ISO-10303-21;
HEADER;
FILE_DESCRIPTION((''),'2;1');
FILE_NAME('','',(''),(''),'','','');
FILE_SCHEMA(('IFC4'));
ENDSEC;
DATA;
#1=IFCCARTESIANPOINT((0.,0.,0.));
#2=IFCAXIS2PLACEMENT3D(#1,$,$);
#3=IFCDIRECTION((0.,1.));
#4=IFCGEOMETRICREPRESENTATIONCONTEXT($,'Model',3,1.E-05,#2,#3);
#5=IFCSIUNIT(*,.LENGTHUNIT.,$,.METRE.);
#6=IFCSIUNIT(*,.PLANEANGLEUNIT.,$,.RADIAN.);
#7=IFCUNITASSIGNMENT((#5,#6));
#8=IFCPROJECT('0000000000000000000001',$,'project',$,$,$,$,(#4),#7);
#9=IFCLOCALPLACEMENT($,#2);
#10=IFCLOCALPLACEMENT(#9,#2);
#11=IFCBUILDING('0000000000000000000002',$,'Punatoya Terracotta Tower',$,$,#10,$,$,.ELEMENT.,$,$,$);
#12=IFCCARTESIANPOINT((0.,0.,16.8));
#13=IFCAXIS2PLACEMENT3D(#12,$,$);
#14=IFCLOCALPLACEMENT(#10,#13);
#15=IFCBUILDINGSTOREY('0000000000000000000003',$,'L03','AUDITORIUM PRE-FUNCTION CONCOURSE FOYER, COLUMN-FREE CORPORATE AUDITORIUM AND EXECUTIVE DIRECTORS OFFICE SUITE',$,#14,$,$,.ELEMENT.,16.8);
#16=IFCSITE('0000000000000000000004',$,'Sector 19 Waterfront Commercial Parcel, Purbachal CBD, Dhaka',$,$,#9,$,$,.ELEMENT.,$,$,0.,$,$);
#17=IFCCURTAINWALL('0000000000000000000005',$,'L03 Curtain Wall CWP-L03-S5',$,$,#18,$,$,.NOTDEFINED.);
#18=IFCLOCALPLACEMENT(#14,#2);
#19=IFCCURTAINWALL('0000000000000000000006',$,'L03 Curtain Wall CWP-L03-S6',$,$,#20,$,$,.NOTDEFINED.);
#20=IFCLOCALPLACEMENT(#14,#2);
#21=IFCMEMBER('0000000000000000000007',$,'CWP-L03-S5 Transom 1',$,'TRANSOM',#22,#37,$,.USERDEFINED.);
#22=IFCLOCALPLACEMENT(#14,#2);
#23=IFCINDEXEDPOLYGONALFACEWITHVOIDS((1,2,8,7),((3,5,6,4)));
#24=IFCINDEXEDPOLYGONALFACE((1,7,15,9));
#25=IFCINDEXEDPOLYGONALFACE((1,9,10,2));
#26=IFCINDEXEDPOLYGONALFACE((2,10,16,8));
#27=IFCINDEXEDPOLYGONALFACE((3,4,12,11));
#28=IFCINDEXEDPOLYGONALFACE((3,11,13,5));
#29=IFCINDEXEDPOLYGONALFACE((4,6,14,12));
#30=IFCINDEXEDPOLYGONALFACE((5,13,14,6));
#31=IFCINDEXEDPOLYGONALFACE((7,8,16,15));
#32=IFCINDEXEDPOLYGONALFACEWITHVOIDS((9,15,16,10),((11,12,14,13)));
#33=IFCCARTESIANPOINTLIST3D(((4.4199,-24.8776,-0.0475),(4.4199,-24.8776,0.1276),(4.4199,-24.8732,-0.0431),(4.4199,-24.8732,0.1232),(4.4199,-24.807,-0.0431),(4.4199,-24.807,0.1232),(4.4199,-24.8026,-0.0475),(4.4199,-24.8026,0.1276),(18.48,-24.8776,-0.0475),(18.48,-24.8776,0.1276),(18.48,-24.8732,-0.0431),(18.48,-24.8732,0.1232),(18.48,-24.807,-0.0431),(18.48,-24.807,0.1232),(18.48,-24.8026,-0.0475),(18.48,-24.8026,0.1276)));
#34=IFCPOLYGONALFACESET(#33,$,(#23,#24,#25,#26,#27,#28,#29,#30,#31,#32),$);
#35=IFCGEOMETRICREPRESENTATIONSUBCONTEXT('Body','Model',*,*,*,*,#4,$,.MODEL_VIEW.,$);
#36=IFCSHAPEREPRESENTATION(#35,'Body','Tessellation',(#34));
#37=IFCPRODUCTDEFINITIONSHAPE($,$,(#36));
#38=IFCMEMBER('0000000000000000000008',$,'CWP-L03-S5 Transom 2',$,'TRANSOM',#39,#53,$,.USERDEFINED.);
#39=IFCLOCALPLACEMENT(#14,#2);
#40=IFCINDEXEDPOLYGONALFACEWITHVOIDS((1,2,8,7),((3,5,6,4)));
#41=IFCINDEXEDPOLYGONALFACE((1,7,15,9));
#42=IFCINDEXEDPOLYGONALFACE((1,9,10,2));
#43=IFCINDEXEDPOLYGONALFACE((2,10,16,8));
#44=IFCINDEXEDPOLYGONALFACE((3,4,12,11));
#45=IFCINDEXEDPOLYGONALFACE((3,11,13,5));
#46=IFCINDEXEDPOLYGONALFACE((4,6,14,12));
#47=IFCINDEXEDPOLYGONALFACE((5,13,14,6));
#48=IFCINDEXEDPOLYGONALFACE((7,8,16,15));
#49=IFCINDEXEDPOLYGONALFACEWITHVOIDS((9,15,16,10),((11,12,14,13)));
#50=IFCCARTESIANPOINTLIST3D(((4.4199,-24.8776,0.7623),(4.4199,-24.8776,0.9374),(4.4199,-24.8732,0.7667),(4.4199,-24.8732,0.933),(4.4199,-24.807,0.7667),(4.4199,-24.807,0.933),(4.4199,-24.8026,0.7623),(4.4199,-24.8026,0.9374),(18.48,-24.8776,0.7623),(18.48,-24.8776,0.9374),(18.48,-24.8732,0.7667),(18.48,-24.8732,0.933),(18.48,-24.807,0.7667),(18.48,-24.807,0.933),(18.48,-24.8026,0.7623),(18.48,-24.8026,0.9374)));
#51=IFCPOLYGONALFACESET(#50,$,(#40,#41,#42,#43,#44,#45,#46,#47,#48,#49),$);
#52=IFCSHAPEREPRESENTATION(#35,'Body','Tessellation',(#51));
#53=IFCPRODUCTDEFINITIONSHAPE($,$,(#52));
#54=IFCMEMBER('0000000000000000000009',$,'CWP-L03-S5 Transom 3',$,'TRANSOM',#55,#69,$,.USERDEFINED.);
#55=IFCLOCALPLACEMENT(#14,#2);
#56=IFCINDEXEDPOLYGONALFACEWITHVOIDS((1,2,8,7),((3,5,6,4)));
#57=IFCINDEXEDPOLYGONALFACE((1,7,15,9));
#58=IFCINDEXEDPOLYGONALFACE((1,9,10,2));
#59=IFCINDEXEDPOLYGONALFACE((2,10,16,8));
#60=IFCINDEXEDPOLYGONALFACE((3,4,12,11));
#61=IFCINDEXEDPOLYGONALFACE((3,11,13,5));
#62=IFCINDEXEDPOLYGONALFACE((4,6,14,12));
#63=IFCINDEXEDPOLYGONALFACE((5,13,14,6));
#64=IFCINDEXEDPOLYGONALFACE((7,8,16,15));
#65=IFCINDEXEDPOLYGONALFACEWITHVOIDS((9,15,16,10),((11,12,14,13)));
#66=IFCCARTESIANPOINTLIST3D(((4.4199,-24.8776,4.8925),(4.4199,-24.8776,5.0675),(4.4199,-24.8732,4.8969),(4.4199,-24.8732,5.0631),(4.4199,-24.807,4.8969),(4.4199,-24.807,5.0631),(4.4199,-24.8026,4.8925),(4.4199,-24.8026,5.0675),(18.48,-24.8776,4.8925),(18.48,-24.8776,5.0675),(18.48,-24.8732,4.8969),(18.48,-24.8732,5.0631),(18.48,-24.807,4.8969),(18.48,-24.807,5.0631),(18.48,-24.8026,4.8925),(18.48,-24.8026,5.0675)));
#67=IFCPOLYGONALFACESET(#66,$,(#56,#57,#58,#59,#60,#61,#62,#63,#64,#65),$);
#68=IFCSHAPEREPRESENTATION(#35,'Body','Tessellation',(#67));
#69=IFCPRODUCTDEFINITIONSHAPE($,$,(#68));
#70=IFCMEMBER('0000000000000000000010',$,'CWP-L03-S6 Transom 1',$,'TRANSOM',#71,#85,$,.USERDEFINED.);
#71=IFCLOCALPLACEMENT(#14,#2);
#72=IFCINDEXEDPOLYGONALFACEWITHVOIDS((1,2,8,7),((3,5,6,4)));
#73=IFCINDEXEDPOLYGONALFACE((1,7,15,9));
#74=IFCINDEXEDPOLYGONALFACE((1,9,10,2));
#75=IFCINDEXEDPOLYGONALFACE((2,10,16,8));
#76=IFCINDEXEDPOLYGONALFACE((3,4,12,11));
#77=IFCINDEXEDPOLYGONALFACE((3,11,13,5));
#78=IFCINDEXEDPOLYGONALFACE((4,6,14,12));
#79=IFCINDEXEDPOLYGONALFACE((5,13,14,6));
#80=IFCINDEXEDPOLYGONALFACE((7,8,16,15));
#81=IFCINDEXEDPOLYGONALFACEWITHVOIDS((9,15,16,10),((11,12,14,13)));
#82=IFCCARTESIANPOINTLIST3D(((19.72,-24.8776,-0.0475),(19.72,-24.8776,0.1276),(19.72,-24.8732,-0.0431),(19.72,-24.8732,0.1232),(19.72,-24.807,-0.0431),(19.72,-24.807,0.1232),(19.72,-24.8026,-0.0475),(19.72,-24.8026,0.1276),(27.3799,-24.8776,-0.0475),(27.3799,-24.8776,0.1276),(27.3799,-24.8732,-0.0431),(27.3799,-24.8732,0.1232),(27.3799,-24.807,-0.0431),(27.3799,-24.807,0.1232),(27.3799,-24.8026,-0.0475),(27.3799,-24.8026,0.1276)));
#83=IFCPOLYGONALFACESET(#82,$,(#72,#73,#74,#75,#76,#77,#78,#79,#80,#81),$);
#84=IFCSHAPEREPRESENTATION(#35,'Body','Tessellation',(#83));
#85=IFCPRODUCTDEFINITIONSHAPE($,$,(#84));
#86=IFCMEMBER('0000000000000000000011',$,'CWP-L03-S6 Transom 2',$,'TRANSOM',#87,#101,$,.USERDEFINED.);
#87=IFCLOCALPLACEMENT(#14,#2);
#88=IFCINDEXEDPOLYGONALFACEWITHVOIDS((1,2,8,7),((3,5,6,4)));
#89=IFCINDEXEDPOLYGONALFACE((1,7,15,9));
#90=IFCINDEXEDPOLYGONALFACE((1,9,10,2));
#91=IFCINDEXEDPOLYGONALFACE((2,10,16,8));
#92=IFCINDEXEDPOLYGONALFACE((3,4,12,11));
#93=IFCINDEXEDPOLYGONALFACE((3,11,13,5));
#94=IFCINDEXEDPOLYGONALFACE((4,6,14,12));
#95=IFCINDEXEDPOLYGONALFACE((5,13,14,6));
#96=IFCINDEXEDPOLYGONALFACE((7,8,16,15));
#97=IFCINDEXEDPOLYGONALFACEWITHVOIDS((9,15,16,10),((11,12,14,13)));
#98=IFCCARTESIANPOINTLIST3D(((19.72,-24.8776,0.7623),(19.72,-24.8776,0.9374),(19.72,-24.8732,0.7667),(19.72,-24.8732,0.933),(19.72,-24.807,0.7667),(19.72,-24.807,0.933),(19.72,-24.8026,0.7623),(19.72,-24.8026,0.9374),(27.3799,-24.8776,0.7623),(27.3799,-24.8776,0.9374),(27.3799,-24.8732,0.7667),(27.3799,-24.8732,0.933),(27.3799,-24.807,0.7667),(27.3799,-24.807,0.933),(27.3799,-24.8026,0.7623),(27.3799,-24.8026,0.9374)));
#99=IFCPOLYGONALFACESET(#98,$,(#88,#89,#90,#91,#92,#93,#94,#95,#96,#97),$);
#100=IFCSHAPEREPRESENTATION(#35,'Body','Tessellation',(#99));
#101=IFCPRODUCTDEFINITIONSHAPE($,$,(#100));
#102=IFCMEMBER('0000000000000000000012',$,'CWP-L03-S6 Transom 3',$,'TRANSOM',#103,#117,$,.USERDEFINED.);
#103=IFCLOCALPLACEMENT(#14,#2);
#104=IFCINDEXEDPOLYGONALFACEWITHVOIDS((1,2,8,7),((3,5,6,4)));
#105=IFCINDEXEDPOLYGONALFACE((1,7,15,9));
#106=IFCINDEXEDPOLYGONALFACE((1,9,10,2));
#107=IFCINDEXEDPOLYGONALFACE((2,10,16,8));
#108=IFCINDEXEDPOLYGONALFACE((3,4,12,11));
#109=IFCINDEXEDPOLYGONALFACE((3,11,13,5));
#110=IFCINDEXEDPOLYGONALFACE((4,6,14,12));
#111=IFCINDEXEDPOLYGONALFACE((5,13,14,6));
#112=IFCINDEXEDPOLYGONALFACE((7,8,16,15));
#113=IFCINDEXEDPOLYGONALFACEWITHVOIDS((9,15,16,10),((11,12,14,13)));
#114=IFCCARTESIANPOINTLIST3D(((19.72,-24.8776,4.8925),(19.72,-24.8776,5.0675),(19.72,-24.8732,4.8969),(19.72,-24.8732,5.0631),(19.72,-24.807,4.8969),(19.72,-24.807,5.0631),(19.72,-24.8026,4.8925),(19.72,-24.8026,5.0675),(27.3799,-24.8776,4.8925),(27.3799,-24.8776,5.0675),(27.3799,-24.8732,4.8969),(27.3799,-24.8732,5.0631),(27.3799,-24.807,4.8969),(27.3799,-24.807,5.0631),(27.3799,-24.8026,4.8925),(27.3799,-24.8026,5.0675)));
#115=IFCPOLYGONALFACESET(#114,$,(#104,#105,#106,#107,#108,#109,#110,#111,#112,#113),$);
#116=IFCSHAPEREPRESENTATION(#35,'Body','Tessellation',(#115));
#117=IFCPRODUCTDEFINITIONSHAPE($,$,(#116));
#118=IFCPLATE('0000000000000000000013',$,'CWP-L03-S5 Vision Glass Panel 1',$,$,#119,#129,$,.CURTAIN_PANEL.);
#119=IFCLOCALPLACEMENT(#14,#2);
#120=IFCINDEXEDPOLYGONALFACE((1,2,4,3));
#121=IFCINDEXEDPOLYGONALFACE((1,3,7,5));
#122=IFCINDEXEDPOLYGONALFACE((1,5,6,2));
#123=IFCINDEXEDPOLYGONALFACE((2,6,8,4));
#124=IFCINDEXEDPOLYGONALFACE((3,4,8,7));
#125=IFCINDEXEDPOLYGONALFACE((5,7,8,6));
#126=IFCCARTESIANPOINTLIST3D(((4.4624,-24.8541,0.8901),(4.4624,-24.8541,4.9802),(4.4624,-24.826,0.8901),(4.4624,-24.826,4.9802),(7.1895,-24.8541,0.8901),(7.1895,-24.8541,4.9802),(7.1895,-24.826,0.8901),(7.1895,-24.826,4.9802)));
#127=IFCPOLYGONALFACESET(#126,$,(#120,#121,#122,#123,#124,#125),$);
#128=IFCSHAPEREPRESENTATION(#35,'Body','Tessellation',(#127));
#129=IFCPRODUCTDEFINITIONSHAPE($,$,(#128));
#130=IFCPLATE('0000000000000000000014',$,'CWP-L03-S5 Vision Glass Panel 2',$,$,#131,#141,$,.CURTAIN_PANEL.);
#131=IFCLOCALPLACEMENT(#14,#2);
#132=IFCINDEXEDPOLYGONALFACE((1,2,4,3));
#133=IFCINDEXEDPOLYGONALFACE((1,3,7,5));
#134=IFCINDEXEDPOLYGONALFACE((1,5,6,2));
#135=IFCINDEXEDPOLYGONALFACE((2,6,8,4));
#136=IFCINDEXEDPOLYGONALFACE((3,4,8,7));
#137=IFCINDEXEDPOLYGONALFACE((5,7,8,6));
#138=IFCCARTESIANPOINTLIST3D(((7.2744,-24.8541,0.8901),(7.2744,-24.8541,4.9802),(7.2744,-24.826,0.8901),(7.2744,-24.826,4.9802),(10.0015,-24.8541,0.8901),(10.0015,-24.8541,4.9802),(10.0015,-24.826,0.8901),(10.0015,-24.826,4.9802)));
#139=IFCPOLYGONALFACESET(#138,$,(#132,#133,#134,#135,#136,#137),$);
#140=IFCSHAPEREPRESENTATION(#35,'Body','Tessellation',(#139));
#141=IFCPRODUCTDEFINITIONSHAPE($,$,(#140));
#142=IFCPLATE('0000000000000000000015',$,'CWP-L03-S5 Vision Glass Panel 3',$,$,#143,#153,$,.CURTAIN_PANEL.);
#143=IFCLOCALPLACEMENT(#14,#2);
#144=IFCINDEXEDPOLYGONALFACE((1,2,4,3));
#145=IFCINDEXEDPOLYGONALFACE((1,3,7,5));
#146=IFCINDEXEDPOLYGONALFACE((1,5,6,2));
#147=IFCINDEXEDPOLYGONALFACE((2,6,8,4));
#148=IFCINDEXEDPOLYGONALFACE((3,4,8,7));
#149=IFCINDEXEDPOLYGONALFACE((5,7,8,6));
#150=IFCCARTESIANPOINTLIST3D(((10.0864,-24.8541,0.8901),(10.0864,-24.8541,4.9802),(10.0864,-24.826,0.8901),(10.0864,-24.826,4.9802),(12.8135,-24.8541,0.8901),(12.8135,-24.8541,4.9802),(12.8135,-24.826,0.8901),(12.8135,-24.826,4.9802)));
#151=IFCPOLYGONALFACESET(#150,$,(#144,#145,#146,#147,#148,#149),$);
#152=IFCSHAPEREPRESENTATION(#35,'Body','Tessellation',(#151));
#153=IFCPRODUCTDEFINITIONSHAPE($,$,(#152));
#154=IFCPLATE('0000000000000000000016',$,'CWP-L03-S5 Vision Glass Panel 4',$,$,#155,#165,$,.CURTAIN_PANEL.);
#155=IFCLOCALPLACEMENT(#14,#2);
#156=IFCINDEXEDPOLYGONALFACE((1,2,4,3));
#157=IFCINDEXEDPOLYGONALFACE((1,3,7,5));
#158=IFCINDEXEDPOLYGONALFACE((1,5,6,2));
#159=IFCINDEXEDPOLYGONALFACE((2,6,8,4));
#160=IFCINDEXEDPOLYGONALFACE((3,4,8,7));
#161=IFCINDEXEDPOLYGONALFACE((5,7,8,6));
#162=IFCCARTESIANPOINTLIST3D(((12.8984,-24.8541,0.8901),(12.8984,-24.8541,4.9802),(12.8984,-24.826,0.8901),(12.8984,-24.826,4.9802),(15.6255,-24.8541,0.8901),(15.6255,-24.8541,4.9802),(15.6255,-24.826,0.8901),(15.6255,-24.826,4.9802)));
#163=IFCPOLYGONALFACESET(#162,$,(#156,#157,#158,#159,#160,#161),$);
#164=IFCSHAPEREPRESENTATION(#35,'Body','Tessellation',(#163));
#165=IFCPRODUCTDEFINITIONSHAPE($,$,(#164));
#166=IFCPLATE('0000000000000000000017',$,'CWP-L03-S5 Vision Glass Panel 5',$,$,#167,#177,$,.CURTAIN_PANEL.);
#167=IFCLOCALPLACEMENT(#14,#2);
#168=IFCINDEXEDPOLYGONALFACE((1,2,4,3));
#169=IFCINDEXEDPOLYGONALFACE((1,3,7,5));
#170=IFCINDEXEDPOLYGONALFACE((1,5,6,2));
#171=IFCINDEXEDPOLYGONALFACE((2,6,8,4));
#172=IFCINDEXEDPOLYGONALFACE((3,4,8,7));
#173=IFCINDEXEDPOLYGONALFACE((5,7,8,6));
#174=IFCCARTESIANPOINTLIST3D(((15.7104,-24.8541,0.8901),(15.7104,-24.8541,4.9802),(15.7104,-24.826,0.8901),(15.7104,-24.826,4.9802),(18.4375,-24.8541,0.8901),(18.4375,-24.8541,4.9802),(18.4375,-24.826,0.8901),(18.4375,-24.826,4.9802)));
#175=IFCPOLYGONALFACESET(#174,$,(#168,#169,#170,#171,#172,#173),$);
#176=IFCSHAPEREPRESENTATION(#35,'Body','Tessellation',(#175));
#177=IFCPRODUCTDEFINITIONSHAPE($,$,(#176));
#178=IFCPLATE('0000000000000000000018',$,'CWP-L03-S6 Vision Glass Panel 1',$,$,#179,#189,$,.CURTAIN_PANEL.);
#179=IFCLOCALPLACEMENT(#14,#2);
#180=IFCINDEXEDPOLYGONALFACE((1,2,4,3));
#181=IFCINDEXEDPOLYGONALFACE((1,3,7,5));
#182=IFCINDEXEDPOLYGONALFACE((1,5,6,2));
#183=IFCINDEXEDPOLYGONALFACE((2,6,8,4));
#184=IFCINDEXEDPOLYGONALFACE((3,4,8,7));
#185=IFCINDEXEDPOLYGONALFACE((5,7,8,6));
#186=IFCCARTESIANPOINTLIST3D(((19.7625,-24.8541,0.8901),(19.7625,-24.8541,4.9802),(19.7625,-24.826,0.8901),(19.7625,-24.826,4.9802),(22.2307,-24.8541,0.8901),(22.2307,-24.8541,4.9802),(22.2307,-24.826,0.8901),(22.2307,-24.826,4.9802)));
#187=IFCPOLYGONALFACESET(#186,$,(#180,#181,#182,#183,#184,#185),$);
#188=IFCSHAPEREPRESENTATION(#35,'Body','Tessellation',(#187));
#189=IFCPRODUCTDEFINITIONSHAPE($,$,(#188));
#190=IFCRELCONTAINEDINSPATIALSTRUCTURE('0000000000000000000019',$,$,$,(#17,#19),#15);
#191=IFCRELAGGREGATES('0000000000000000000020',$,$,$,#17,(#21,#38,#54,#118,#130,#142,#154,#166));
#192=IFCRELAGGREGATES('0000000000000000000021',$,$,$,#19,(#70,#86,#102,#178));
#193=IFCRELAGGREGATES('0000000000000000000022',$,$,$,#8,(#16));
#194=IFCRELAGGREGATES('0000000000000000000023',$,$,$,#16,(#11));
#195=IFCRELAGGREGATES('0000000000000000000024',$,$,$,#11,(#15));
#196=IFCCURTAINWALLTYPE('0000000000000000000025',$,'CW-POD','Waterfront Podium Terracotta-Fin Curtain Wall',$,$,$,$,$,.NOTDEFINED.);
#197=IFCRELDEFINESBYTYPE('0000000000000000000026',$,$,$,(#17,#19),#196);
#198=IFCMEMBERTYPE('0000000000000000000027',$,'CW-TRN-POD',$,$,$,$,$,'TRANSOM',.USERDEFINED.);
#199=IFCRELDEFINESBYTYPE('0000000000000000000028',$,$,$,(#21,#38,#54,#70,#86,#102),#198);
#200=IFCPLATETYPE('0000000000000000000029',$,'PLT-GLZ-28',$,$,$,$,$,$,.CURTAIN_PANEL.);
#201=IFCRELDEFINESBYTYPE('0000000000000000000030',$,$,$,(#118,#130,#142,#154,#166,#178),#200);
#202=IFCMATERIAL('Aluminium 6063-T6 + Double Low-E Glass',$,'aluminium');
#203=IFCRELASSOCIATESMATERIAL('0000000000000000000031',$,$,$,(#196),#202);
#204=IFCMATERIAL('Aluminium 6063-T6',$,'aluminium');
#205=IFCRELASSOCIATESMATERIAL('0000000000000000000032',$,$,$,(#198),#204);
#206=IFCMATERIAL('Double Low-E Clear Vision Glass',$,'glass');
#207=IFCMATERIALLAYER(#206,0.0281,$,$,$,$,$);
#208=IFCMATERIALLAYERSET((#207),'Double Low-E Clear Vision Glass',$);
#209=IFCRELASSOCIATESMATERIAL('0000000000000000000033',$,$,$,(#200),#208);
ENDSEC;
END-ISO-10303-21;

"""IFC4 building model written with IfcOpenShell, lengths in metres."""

from ifc_helpers import new_model, si_unit, direction, frame, origin, origin_2d, place, context, subcontext, project, spatial, rectangle, hollow_rectangle, extrude, material, layer, layer_set, material_profile, profile_set, type_object, element, aggregate, save


model = new_model("IFC4")

# Units and contexts
model_context = context("Model", 3, precision=1e-05, world=origin(), true_north=direction((0.0, 1.0)))
body_context = subcontext(model_context, "Body", "Model", "MODEL_VIEW")
ifc_project = project(units=[si_unit("LENGTHUNIT", "METRE"), si_unit("PLANEANGLEUNIT", "RADIAN")], contexts=[model_context])

# Site, building, storey
site_placement = place(None, origin())
site = spatial("IfcSite", under=ifc_project, at=site_placement, Name="Sector 19 Waterfront Commercial Parcel, Purbachal CBD, Dhaka", CompositionType="ELEMENT", RefElevation=0.0)
building_placement = place(site_placement, origin())
building = spatial("IfcBuilding", under=site, at=building_placement, Name="Punatoya Terracotta Tower", CompositionType="ELEMENT")
storey_placement = place(building_placement, frame((0.0, 0.0, 16.8)))
storey = spatial("IfcBuildingStorey", under=building, at=storey_placement, Name="L03", Description="AUDITORIUM PRE-FUNCTION CONCOURSE FOYER, COLUMN-FREE CORPORATE AUDITORIUM AND EXECUTIVE DIRECTORS OFFICE SUITE", CompositionType="ELEMENT", Elevation=16.8)

# Shared definitions
ifc_material_1 = material(Name="Aluminium 6063-T6 + Double Low-E Glass", Category="aluminium")
curtain_wall_type = type_object("IfcCurtainWallType", Name="CW-POD", Description="Waterfront Podium Terracotta-Fin Curtain Wall", PredefinedType="NOTDEFINED", material=ifc_material_1)
ifc_material_2 = material(Name="Aluminium 6063-T6", Category="aluminium")

# Curtain wall
curtain_wall_1_placement = place(storey_placement, origin())
curtain_wall_1 = element("IfcCurtainWall", 1, at=curtain_wall_1_placement, inside=storey, type_object=curtain_wall_type, Name="L03 Curtain Wall CWP-L03-S5", PredefinedType="NOTDEFINED")

# Curtain wall
curtain_wall_2_placement = place(storey_placement, origin())
curtain_wall_2 = element("IfcCurtainWall", 2, at=curtain_wall_2_placement, inside=storey, type_object=curtain_wall_type, Name="L03 Curtain Wall CWP-L03-S6", PredefinedType="NOTDEFINED")

# Members
ifc_material_profile_1 = material_profile(ifc_material_2, hollow_rectangle(XDim=0.075, YDim=0.175, WallThickness=0.0044, at=origin_2d()))
ifc_profile_set_1 = profile_set([ifc_material_profile_1], Name="Aluminium 6063-T6")
member_type_1 = type_object("IfcMemberType", Name="CW-TRN-POD", ElementType="TRANSOM", PredefinedType="USERDEFINED", material=ifc_profile_set_1)
member_1_placement = place(storey_placement, frame((4.4199, -24.8401, 0.04), z_axis=(1.0, 0.0, 0.0), x_axis=(0.0, 1.0, 0.0)))
member_1 = element("IfcMember", 3, at=member_1_placement, type_object=member_type_1, Name="CWP-L03-S5 Transom 1", ObjectType="TRANSOM", PredefinedType="USERDEFINED", context=body_context, shape_type="SweptSolid", body=[
    extrude(hollow_rectangle(XDim=0.075, YDim=0.175, WallThickness=0.0044, at=origin_2d()), origin(), (0.0, 0.0, 1.0), 14.0601),
])
member_2_placement = place(storey_placement, frame((4.4199, -24.8401, 0.8499), z_axis=(1.0, 0.0, 0.0), x_axis=(0.0, 1.0, 0.0)))
member_2 = element("IfcMember", 4, at=member_2_placement, type_object=member_type_1, Name="CWP-L03-S5 Transom 2", ObjectType="TRANSOM", PredefinedType="USERDEFINED", context=body_context, shape_type="SweptSolid", body=[
    extrude(hollow_rectangle(XDim=0.075, YDim=0.175, WallThickness=0.0044, at=origin_2d()), origin(), (0.0, 0.0, 1.0), 14.0601),
])
member_3_placement = place(storey_placement, frame((4.4199, -24.8401, 4.98), z_axis=(1.0, 0.0, 0.0), x_axis=(0.0, 1.0, 0.0)))
member_3 = element("IfcMember", 5, at=member_3_placement, type_object=member_type_1, Name="CWP-L03-S5 Transom 3", ObjectType="TRANSOM", PredefinedType="USERDEFINED", context=body_context, shape_type="SweptSolid", body=[
    extrude(hollow_rectangle(XDim=0.075, YDim=0.175, WallThickness=0.0044, at=origin_2d()), origin(), (0.0, 0.0, 1.0), 14.0601),
])
member_4_placement = place(storey_placement, frame((19.72, -24.8401, 0.04), z_axis=(1.0, 0.0, 0.0), x_axis=(0.0, 1.0, 0.0)))
member_4 = element("IfcMember", 6, at=member_4_placement, type_object=member_type_1, Name="CWP-L03-S6 Transom 1", ObjectType="TRANSOM", PredefinedType="USERDEFINED", context=body_context, shape_type="SweptSolid", body=[
    extrude(hollow_rectangle(XDim=0.075, YDim=0.175, WallThickness=0.0044, at=origin_2d()), origin(), (0.0, 0.0, 1.0), 7.6599),
])
member_5_placement = place(storey_placement, frame((19.72, -24.8401, 0.8499), z_axis=(1.0, 0.0, 0.0), x_axis=(0.0, 1.0, 0.0)))
member_5 = element("IfcMember", 7, at=member_5_placement, type_object=member_type_1, Name="CWP-L03-S6 Transom 2", ObjectType="TRANSOM", PredefinedType="USERDEFINED", context=body_context, shape_type="SweptSolid", body=[
    extrude(hollow_rectangle(XDim=0.075, YDim=0.175, WallThickness=0.0044, at=origin_2d()), origin(), (0.0, 0.0, 1.0), 7.6599),
])
member_6_placement = place(storey_placement, frame((19.72, -24.8401, 4.98), z_axis=(1.0, 0.0, 0.0), x_axis=(0.0, 1.0, 0.0)))
member_6 = element("IfcMember", 8, at=member_6_placement, type_object=member_type_1, Name="CWP-L03-S6 Transom 3", ObjectType="TRANSOM", PredefinedType="USERDEFINED", context=body_context, shape_type="SweptSolid", body=[
    extrude(hollow_rectangle(XDim=0.075, YDim=0.175, WallThickness=0.0044, at=origin_2d()), origin(), (0.0, 0.0, 1.0), 7.6599),
])

# Plates
ifc_material_3 = material(Name="Double Low-E Clear Vision Glass", Category="glass")
ifc_layer_1 = layer(ifc_material_3, 0.0281)
ifc_layer_set_1 = layer_set([ifc_layer_1], Name="Double Low-E Clear Vision Glass")
plate_type_1 = type_object("IfcPlateType", Name="PLT-GLZ-28", PredefinedType="CURTAIN_PANEL", material=ifc_layer_set_1)
plate_1_placement = place(storey_placement, frame((5.8259, -24.8401, 0.8901), z_axis=(0.0, 0.0, 1.0), x_axis=(1.0, 0.0, 0.0)))
plate_1 = element("IfcPlate", 9, at=plate_1_placement, type_object=plate_type_1, Name="CWP-L03-S5 Vision Glass Panel 1", PredefinedType="CURTAIN_PANEL", context=body_context, shape_type="SweptSolid", body=[
    extrude(rectangle(XDim=2.7271, YDim=0.0281, at=origin_2d()), origin(), (0.0, 0.0, 1.0), 4.0901),
])
plate_2_placement = place(storey_placement, frame((8.6379, -24.8401, 0.8901), z_axis=(0.0, 0.0, 1.0), x_axis=(1.0, 0.0, 0.0)))
plate_2 = element("IfcPlate", 10, at=plate_2_placement, type_object=plate_type_1, Name="CWP-L03-S5 Vision Glass Panel 2", PredefinedType="CURTAIN_PANEL", context=body_context, shape_type="SweptSolid", body=[
    extrude(rectangle(XDim=2.7271, YDim=0.0281, at=origin_2d()), origin(), (0.0, 0.0, 1.0), 4.0901),
])
plate_3_placement = place(storey_placement, frame((11.45, -24.8401, 0.8901), z_axis=(0.0, 0.0, 1.0), x_axis=(1.0, 0.0, 0.0)))
plate_3 = element("IfcPlate", 11, at=plate_3_placement, type_object=plate_type_1, Name="CWP-L03-S5 Vision Glass Panel 3", PredefinedType="CURTAIN_PANEL", context=body_context, shape_type="SweptSolid", body=[
    extrude(rectangle(XDim=2.7271, YDim=0.0281, at=origin_2d()), origin(), (0.0, 0.0, 1.0), 4.0901),
])
plate_4_placement = place(storey_placement, frame((14.262, -24.8401, 0.8901), z_axis=(0.0, 0.0, 1.0), x_axis=(1.0, 0.0, 0.0)))
plate_4 = element("IfcPlate", 12, at=plate_4_placement, type_object=plate_type_1, Name="CWP-L03-S5 Vision Glass Panel 4", PredefinedType="CURTAIN_PANEL", context=body_context, shape_type="SweptSolid", body=[
    extrude(rectangle(XDim=2.7271, YDim=0.0281, at=origin_2d()), origin(), (0.0, 0.0, 1.0), 4.0901),
])
plate_5_placement = place(storey_placement, frame((17.074, -24.8401, 0.8901), z_axis=(0.0, 0.0, 1.0), x_axis=(1.0, 0.0, 0.0)))
plate_5 = element("IfcPlate", 13, at=plate_5_placement, type_object=plate_type_1, Name="CWP-L03-S5 Vision Glass Panel 5", PredefinedType="CURTAIN_PANEL", context=body_context, shape_type="SweptSolid", body=[
    extrude(rectangle(XDim=2.7271, YDim=0.0281, at=origin_2d()), origin(), (0.0, 0.0, 1.0), 4.0901),
])
plate_6_placement = place(storey_placement, frame((20.9966, -24.8401, 0.8901), z_axis=(0.0, 0.0, 1.0), x_axis=(1.0, 0.0, 0.0)))
plate_6 = element("IfcPlate", 14, at=plate_6_placement, type_object=plate_type_1, Name="CWP-L03-S6 Vision Glass Panel 1", PredefinedType="CURTAIN_PANEL", context=body_context, shape_type="SweptSolid", body=[
    extrude(rectangle(XDim=2.4683, YDim=0.0281, at=origin_2d()), origin(), (0.0, 0.0, 1.0), 4.0901),
])
aggregate(curtain_wall_1, [member_1, member_2, member_3, plate_1, plate_2, plate_3, plate_4, plate_5])
aggregate(curtain_wall_2, [member_4, member_5, member_6, plate_6])

save(model, "model.ifc")
